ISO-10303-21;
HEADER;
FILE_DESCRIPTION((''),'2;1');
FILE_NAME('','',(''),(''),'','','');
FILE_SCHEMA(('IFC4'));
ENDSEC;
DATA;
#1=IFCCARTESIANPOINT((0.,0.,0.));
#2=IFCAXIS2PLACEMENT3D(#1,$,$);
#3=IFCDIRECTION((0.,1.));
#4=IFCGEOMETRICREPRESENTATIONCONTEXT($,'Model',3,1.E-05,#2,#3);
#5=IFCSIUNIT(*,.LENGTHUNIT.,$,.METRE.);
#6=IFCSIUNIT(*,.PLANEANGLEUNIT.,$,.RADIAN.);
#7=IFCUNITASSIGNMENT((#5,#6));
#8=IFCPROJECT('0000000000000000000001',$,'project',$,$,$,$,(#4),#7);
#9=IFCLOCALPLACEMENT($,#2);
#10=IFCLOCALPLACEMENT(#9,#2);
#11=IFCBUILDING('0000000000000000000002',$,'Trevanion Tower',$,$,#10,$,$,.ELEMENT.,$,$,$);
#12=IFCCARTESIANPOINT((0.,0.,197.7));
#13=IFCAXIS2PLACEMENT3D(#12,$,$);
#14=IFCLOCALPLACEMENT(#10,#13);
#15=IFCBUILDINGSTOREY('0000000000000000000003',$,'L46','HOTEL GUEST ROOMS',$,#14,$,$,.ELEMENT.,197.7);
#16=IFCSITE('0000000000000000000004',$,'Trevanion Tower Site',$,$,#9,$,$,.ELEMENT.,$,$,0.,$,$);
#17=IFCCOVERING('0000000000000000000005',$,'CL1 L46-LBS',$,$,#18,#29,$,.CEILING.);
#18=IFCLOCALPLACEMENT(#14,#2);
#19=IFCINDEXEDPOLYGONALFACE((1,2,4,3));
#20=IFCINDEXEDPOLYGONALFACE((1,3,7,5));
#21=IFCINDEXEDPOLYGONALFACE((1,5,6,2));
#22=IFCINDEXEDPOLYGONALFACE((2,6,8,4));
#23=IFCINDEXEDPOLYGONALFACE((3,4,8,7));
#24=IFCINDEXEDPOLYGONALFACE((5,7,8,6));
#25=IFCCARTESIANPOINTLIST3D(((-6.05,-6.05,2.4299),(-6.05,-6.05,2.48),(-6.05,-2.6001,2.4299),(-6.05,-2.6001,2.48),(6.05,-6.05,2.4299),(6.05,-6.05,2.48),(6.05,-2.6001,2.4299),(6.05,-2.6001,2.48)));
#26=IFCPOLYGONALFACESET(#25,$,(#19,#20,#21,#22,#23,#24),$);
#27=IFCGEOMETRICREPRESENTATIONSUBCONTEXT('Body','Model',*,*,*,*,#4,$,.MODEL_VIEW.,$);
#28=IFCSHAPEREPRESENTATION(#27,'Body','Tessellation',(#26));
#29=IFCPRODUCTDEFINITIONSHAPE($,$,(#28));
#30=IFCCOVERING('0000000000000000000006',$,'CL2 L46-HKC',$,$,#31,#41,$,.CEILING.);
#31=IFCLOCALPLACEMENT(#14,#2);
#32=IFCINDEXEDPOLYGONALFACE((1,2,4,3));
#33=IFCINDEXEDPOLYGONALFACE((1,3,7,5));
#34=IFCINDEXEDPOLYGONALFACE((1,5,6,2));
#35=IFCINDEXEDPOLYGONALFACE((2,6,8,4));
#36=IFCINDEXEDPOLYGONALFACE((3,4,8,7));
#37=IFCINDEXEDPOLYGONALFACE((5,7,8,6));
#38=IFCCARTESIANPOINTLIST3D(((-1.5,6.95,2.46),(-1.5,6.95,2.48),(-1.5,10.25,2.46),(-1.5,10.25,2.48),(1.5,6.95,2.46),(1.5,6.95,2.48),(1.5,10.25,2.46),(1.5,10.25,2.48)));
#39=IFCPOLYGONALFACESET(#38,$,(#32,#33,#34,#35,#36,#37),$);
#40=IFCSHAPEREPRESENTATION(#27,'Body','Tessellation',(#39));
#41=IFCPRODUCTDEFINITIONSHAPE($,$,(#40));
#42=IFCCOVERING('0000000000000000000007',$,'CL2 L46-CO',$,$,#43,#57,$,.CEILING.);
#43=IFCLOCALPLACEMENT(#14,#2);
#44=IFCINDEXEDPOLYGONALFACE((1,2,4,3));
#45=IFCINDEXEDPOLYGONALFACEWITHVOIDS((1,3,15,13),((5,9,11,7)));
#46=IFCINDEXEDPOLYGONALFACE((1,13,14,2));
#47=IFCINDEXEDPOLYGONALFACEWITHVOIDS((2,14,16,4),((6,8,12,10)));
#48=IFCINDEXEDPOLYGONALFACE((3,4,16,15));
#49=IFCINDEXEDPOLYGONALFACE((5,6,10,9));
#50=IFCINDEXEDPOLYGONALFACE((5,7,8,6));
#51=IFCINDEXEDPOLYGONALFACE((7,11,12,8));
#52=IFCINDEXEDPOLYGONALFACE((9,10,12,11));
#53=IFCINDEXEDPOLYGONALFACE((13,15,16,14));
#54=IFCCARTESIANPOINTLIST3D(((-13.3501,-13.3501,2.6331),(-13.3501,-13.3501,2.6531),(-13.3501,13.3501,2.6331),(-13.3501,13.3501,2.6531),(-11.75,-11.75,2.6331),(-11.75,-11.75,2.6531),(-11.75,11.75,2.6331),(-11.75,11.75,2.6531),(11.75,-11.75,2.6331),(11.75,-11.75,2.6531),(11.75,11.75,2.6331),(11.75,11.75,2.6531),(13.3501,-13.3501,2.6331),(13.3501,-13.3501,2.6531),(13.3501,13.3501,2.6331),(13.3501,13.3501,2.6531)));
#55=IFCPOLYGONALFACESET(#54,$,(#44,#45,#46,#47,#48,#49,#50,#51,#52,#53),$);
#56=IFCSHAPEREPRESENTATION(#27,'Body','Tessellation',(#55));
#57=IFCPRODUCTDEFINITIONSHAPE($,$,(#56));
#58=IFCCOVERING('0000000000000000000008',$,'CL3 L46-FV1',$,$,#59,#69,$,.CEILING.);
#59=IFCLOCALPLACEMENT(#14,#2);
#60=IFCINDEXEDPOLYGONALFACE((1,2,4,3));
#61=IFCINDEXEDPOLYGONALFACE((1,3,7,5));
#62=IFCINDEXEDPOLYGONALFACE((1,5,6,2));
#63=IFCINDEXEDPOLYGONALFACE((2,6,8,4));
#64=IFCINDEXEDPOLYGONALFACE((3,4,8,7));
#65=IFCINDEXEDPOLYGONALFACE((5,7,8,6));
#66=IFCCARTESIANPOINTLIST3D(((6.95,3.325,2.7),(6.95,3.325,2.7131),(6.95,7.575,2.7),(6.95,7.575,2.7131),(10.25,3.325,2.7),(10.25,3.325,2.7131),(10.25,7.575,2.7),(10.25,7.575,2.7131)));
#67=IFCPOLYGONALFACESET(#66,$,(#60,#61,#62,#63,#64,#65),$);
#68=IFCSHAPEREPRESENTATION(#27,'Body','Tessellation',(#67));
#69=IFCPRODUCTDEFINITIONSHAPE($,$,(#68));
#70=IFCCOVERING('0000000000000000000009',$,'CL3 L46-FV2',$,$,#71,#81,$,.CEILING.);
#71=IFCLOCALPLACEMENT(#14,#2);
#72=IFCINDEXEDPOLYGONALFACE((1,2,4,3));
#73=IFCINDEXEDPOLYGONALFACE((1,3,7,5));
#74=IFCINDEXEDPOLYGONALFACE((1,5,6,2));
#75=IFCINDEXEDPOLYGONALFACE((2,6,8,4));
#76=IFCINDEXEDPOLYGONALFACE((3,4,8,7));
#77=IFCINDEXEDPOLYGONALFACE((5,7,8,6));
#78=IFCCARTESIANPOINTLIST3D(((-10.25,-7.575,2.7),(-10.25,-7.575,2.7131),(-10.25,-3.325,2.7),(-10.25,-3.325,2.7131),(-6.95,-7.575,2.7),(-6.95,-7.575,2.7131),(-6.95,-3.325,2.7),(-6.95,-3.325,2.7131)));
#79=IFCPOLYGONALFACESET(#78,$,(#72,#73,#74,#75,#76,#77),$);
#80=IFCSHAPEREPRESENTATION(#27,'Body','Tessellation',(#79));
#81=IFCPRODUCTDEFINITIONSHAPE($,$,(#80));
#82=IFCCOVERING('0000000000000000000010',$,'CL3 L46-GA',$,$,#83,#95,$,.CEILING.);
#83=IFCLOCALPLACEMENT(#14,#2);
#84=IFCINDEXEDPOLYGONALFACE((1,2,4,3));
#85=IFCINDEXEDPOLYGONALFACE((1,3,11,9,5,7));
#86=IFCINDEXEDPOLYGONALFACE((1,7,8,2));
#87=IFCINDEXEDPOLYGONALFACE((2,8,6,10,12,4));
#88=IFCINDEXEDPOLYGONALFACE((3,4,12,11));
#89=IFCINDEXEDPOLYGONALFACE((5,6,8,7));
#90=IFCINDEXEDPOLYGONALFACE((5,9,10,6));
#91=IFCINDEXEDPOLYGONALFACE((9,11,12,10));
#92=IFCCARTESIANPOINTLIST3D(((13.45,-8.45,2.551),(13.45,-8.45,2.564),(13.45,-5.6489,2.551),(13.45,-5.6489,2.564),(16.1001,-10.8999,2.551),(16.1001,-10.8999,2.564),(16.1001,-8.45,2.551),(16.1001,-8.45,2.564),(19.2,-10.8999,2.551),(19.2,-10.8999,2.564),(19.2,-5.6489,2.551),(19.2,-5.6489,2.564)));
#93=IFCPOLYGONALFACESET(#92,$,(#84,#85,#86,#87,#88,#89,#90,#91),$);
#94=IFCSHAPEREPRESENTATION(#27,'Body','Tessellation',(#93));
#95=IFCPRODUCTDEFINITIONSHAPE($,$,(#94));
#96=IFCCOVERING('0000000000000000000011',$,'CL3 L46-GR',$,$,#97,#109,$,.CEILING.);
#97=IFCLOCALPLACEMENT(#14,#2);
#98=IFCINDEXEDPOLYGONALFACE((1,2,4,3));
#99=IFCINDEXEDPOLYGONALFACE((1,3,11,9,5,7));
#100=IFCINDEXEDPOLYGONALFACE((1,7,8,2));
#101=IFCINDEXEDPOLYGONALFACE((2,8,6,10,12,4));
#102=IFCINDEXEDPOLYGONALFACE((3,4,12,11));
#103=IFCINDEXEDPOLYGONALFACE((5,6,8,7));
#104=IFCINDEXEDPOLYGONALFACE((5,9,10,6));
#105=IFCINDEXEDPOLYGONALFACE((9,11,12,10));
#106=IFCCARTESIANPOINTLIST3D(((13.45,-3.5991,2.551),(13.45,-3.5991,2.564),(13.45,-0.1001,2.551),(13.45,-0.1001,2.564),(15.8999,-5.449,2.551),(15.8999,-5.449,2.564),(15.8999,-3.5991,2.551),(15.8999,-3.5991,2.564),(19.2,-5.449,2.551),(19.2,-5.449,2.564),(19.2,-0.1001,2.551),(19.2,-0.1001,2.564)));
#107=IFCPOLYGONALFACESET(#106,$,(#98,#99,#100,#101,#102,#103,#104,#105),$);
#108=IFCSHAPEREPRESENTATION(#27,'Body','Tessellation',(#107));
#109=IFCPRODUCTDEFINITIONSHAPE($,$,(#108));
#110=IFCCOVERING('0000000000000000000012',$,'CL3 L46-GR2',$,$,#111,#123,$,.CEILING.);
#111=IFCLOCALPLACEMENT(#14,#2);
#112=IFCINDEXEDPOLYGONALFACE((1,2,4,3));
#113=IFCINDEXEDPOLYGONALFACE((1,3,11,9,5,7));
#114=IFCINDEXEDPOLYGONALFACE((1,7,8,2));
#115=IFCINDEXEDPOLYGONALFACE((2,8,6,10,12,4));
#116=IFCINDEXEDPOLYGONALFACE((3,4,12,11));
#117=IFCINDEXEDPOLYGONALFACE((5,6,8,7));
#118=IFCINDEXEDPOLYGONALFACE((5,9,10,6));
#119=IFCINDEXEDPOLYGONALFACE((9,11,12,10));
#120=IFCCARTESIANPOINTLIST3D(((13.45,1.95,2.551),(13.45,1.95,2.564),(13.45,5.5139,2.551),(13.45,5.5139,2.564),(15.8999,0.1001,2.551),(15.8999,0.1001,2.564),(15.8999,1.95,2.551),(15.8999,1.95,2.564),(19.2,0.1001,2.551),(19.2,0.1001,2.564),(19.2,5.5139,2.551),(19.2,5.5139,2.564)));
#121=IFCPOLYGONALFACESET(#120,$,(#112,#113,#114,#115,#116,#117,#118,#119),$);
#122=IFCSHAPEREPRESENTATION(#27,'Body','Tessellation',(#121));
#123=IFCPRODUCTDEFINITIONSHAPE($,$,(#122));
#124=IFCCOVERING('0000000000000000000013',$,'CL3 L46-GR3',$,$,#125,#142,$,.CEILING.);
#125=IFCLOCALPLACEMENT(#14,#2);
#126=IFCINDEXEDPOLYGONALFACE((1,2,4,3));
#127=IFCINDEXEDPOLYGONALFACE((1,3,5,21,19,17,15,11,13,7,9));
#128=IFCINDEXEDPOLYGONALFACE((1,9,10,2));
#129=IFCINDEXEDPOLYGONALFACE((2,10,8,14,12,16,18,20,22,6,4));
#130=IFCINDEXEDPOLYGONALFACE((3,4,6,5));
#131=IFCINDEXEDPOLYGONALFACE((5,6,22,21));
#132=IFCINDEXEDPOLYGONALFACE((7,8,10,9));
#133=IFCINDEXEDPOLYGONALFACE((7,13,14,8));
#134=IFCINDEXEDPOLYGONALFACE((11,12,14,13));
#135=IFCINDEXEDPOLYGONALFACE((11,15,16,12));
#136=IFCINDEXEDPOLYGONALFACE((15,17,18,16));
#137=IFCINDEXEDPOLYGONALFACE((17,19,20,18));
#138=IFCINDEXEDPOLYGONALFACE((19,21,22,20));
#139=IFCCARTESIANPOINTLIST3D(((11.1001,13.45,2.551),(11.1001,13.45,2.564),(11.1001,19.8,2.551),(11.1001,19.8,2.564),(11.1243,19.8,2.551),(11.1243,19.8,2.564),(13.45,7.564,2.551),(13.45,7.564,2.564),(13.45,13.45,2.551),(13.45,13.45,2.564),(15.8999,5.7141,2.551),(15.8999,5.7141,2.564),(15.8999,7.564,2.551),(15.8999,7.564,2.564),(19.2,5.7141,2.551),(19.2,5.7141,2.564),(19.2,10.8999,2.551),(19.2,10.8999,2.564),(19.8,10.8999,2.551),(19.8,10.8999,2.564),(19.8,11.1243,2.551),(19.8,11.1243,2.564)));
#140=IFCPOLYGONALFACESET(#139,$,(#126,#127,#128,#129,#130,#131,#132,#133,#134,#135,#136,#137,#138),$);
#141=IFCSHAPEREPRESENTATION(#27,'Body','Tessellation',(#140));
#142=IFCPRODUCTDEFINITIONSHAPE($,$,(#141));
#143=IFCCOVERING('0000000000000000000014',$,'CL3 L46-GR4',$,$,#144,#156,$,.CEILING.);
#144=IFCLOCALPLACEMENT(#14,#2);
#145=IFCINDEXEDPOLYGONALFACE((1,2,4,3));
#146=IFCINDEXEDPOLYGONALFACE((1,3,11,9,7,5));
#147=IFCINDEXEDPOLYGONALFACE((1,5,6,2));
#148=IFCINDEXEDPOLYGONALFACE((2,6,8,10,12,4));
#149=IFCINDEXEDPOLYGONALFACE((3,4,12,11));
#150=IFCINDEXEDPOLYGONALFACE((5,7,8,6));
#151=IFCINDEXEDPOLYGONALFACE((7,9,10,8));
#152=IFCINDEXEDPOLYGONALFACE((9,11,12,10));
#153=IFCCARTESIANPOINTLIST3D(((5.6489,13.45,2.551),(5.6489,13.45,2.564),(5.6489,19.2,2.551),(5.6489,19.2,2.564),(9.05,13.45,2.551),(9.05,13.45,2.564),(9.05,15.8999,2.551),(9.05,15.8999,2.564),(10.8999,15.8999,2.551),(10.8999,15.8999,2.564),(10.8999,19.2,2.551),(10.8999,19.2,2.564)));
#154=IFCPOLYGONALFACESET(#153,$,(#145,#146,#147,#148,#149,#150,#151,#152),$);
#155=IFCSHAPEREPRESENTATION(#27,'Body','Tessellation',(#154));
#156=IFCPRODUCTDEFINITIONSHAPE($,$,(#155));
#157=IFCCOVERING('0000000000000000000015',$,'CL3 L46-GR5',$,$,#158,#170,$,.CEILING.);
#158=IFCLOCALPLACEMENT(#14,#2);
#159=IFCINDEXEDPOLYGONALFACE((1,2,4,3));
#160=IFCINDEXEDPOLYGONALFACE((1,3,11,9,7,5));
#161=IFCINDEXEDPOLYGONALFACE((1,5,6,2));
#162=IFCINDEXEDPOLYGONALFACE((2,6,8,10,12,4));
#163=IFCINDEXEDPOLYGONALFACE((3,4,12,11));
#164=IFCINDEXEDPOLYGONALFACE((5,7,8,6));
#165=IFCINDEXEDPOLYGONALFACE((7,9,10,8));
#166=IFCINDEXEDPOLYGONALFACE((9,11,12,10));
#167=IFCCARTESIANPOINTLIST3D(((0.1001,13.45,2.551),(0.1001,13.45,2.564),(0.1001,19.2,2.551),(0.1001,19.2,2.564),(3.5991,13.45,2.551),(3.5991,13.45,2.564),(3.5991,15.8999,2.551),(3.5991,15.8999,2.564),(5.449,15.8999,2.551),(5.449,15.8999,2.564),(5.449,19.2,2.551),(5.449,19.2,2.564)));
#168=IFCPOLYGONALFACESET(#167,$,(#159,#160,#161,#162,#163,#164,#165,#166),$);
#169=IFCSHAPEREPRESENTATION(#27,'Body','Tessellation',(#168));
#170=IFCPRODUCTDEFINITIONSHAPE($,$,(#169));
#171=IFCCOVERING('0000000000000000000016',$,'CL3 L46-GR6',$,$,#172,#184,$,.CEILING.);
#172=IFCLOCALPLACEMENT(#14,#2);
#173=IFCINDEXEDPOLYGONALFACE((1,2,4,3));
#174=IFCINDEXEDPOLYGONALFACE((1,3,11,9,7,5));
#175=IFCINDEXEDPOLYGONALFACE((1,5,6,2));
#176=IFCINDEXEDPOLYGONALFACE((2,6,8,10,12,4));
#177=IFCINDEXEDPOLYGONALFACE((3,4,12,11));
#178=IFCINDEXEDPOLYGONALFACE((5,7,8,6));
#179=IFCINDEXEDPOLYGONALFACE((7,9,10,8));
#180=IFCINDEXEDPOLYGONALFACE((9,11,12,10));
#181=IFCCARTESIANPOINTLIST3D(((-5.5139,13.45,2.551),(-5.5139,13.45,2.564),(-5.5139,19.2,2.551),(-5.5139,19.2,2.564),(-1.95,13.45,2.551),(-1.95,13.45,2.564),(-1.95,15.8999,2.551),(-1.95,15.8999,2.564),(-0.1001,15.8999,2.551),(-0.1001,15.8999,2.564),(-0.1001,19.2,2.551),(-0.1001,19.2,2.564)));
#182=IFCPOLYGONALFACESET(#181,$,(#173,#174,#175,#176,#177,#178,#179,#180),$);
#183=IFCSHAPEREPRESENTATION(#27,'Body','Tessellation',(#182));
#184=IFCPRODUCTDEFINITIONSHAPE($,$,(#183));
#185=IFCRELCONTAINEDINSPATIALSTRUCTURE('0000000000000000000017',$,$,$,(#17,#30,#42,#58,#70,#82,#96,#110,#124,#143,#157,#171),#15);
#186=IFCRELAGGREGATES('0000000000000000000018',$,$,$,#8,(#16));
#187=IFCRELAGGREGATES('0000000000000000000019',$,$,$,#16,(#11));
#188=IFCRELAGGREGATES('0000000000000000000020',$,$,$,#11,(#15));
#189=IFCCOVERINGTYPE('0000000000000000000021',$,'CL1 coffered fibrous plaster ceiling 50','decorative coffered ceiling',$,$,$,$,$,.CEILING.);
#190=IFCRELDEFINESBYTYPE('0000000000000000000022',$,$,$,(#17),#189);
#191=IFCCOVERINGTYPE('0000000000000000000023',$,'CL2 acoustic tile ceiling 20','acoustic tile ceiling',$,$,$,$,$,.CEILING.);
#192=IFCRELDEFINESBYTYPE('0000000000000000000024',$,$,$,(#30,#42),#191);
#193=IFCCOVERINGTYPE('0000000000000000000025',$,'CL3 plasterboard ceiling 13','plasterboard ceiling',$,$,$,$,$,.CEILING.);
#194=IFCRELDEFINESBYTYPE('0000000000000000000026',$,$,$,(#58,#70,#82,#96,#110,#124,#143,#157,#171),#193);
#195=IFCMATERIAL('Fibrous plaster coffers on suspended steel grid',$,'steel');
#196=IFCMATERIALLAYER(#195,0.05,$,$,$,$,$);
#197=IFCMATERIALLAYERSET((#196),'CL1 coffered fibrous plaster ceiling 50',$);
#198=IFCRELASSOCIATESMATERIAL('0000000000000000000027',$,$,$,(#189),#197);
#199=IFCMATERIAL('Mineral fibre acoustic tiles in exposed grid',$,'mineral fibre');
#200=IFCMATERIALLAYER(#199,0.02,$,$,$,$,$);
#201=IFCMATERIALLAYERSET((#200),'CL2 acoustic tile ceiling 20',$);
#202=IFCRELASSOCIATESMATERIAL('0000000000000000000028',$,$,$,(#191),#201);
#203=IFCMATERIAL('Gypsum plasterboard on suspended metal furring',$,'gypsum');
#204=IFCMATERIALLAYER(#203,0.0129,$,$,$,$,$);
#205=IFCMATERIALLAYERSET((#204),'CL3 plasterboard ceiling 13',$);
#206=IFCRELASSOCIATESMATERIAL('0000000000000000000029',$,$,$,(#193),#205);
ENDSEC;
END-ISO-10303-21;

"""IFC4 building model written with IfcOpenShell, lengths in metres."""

from ifc_helpers import new_model, si_unit, direction, frame, origin, place, context, subcontext, project, spatial, polyline, outline, extrude, material, layer, layer_set, type_object, element, save


model = new_model("IFC4")

# Units and contexts
model_context = context("Model", 3, precision=1e-05, world=origin(), true_north=direction((0.0, 1.0)))
body_context = subcontext(model_context, "Body", "Model", "MODEL_VIEW")
ifc_project = project(units=[si_unit("LENGTHUNIT", "METRE"), si_unit("PLANEANGLEUNIT", "RADIAN")], contexts=[model_context])

# Site, building, storey
site_placement = place(None, origin())
site = spatial("IfcSite", under=ifc_project, at=site_placement, Name="Trevanion Tower Site", CompositionType="ELEMENT", RefElevation=0.0)
building_placement = place(site_placement, origin())
building = spatial("IfcBuilding", under=site, at=building_placement, Name="Trevanion Tower", CompositionType="ELEMENT")
storey_placement = place(building_placement, frame((0.0, 0.0, 197.7)))
storey = spatial("IfcBuildingStorey", under=building, at=storey_placement, Name="L46", Description="HOTEL GUEST ROOMS", CompositionType="ELEMENT", Elevation=197.7)

# Coverings
ifc_material_1 = material(Name="Fibrous plaster coffers on suspended steel grid", Category="steel")
ifc_layer_1 = layer(ifc_material_1, 0.05)
ifc_layer_set_1 = layer_set([ifc_layer_1], Name="CL1 coffered fibrous plaster ceiling 50")
covering_type_1 = type_object("IfcCoveringType", Name="CL1 coffered fibrous plaster ceiling 50", Description="decorative coffered ceiling", PredefinedType="CEILING", material=ifc_layer_set_1)
covering_1_placement = place(storey_placement, frame((0.0, 0.0, 2.4299)))
element("IfcCovering", 1, at=covering_1_placement, inside=storey, type_object=covering_type_1, Name="CL1 L46-LBS", PredefinedType="CEILING", context=body_context, shape_type="SweptSolid", body=[
    extrude(outline(polyline([(6.05, -6.05), (6.05, -2.6001), (-6.05, -2.6001), (-6.05, -6.05), (6.05, -6.05)])), origin(), (0.0, 0.0, 1.0), 0.05),
])
ifc_material_2 = material(Name="Mineral fibre acoustic tiles in exposed grid", Category="mineral fibre")
ifc_layer_2 = layer(ifc_material_2, 0.02)
ifc_layer_set_2 = layer_set([ifc_layer_2], Name="CL2 acoustic tile ceiling 20")
covering_type_2 = type_object("IfcCoveringType", Name="CL2 acoustic tile ceiling 20", Description="acoustic tile ceiling", PredefinedType="CEILING", material=ifc_layer_set_2)
covering_2_placement = place(storey_placement, frame((0.0, 0.0, 2.46)))
element("IfcCovering", 2, at=covering_2_placement, inside=storey, type_object=covering_type_2, Name="CL2 L46-HKC", PredefinedType="CEILING", context=body_context, shape_type="SweptSolid", body=[
    extrude(outline(polyline([(1.5, 6.95), (1.5, 10.25), (-1.5, 10.25), (-1.5, 6.95), (1.5, 6.95)])), origin(), (0.0, 0.0, 1.0), 0.02),
])
covering_3_placement = place(storey_placement, frame((0.0, 0.0, 2.6331)))
element("IfcCovering", 3, at=covering_3_placement, inside=storey, type_object=covering_type_2, Name="CL2 L46-CO", PredefinedType="CEILING", context=body_context, shape_type="SweptSolid", body=[
    extrude(outline(polyline([(-13.3501, -13.3501), (-13.3501, 13.3501), (13.3501, 13.3501), (13.3501, -13.3501), (-13.3501, -13.3501)]), holes=[polyline([(11.75, 11.75), (-11.75, 11.75), (-11.75, -11.75), (11.75, -11.75), (11.75, 11.75)])]), origin(), (0.0, 0.0, 1.0), 0.02),
])
ifc_material_3 = material(Name="Gypsum plasterboard on suspended metal furring", Category="gypsum")
ifc_layer_3 = layer(ifc_material_3, 0.0129)
ifc_layer_set_3 = layer_set([ifc_layer_3], Name="CL3 plasterboard ceiling 13")
covering_type_3 = type_object("IfcCoveringType", Name="CL3 plasterboard ceiling 13", Description="plasterboard ceiling", PredefinedType="CEILING", material=ifc_layer_set_3)
covering_4_placement = place(storey_placement, frame((0.0, 0.0, 2.7)))
element("IfcCovering", 4, at=covering_4_placement, inside=storey, type_object=covering_type_3, Name="CL3 L46-FV1", PredefinedType="CEILING", context=body_context, shape_type="SweptSolid", body=[
    extrude(outline(polyline([(10.25, 3.325), (10.25, 7.575), (6.95, 7.575), (6.95, 3.325), (10.25, 3.325)])), origin(), (0.0, 0.0, 1.0), 0.0132),
])
covering_5_placement = place(storey_placement, frame((0.0, 0.0, 2.7)))
element("IfcCovering", 5, at=covering_5_placement, inside=storey, type_object=covering_type_3, Name="CL3 L46-FV2", PredefinedType="CEILING", context=body_context, shape_type="SweptSolid", body=[
    extrude(outline(polyline([(-10.25, -3.325), (-10.25, -7.575), (-6.95, -7.575), (-6.95, -3.325), (-10.25, -3.325)])), origin(), (0.0, 0.0, 1.0), 0.0132),
])
covering_6_placement = place(storey_placement, frame((0.0, 0.0, 2.551)))
element("IfcCovering", 6, at=covering_6_placement, inside=storey, type_object=covering_type_3, Name="CL3 L46-GA", PredefinedType="CEILING", context=body_context, shape_type="SweptSolid", body=[
    extrude(outline(polyline([(13.45, -5.6489), (19.2, -5.6489), (19.2, -10.8999), (16.1001, -10.8999), (16.1001, -8.45), (13.45, -8.45), (13.45, -5.6489)])), origin(), (0.0, 0.0, 1.0), 0.0129),
])
covering_7_placement = place(storey_placement, frame((0.0, 0.0, 2.551)))
element("IfcCovering", 7, at=covering_7_placement, inside=storey, type_object=covering_type_3, Name="CL3 L46-GR", PredefinedType="CEILING", context=body_context, shape_type="SweptSolid", body=[
    extrude(outline(polyline([(13.45, -0.1001), (19.2, -0.1001), (19.2, -5.449), (15.8999, -5.449), (15.8999, -3.5991), (13.45, -3.5991), (13.45, -0.1001)])), origin(), (0.0, 0.0, 1.0), 0.0129),
])
covering_8_placement = place(storey_placement, frame((0.0, 0.0, 2.551)))
element("IfcCovering", 8, at=covering_8_placement, inside=storey, type_object=covering_type_3, Name="CL3 L46-GR2", PredefinedType="CEILING", context=body_context, shape_type="SweptSolid", body=[
    extrude(outline(polyline([(13.45, 5.5139), (19.2, 5.5139), (19.2, 0.1001), (15.8999, 0.1001), (15.8999, 1.95), (13.45, 1.95), (13.45, 5.5139)])), origin(), (0.0, 0.0, 1.0), 0.0129),
])
covering_9_placement = place(storey_placement, frame((0.0, 0.0, 2.551)))
element("IfcCovering", 9, at=covering_9_placement, inside=storey, type_object=covering_type_3, Name="CL3 L46-GR3", PredefinedType="CEILING", context=body_context, shape_type="SweptSolid", body=[
    extrude(outline(polyline([(11.1001, 13.45), (11.1001, 19.8), (11.1243, 19.8), (19.8, 11.1243), (19.8, 10.8999), (19.2, 10.8999), (19.2, 5.7141), (15.8999, 5.7141), (15.8999, 7.564), (13.45, 7.564), (13.45, 13.45), (11.1001, 13.45)])), origin(), (0.0, 0.0, 1.0), 0.0129),
])
covering_10_placement = place(storey_placement, frame((0.0, 0.0, 2.551)))
element("IfcCovering", 10, at=covering_10_placement, inside=storey, type_object=covering_type_3, Name="CL3 L46-GR4", PredefinedType="CEILING", context=body_context, shape_type="SweptSolid", body=[
    extrude(outline(polyline([(5.6489, 13.45), (5.6489, 19.2), (10.8999, 19.2), (10.8999, 15.8999), (9.05, 15.8999), (9.05, 13.45), (5.6489, 13.45)])), origin(), (0.0, 0.0, 1.0), 0.0129),
])
covering_11_placement = place(storey_placement, frame((0.0, 0.0, 2.551)))
element("IfcCovering", 11, at=covering_11_placement, inside=storey, type_object=covering_type_3, Name="CL3 L46-GR5", PredefinedType="CEILING", context=body_context, shape_type="SweptSolid", body=[
    extrude(outline(polyline([(0.1001, 13.45), (0.1001, 19.2), (5.449, 19.2), (5.449, 15.8999), (3.5991, 15.8999), (3.5991, 13.45), (0.1001, 13.45)])), origin(), (0.0, 0.0, 1.0), 0.0129),
])
covering_12_placement = place(storey_placement, frame((0.0, 0.0, 2.551)))
element("IfcCovering", 12, at=covering_12_placement, inside=storey, type_object=covering_type_3, Name="CL3 L46-GR6", PredefinedType="CEILING", context=body_context, shape_type="SweptSolid", body=[
    extrude(outline(polyline([(-5.5139, 13.45), (-5.5139, 19.2), (-0.1001, 19.2), (-0.1001, 15.8999), (-1.95, 15.8999), (-1.95, 13.45), (-5.5139, 13.45)])), origin(), (0.0, 0.0, 1.0), 0.0129),
])

save(model, "model.ifc")
